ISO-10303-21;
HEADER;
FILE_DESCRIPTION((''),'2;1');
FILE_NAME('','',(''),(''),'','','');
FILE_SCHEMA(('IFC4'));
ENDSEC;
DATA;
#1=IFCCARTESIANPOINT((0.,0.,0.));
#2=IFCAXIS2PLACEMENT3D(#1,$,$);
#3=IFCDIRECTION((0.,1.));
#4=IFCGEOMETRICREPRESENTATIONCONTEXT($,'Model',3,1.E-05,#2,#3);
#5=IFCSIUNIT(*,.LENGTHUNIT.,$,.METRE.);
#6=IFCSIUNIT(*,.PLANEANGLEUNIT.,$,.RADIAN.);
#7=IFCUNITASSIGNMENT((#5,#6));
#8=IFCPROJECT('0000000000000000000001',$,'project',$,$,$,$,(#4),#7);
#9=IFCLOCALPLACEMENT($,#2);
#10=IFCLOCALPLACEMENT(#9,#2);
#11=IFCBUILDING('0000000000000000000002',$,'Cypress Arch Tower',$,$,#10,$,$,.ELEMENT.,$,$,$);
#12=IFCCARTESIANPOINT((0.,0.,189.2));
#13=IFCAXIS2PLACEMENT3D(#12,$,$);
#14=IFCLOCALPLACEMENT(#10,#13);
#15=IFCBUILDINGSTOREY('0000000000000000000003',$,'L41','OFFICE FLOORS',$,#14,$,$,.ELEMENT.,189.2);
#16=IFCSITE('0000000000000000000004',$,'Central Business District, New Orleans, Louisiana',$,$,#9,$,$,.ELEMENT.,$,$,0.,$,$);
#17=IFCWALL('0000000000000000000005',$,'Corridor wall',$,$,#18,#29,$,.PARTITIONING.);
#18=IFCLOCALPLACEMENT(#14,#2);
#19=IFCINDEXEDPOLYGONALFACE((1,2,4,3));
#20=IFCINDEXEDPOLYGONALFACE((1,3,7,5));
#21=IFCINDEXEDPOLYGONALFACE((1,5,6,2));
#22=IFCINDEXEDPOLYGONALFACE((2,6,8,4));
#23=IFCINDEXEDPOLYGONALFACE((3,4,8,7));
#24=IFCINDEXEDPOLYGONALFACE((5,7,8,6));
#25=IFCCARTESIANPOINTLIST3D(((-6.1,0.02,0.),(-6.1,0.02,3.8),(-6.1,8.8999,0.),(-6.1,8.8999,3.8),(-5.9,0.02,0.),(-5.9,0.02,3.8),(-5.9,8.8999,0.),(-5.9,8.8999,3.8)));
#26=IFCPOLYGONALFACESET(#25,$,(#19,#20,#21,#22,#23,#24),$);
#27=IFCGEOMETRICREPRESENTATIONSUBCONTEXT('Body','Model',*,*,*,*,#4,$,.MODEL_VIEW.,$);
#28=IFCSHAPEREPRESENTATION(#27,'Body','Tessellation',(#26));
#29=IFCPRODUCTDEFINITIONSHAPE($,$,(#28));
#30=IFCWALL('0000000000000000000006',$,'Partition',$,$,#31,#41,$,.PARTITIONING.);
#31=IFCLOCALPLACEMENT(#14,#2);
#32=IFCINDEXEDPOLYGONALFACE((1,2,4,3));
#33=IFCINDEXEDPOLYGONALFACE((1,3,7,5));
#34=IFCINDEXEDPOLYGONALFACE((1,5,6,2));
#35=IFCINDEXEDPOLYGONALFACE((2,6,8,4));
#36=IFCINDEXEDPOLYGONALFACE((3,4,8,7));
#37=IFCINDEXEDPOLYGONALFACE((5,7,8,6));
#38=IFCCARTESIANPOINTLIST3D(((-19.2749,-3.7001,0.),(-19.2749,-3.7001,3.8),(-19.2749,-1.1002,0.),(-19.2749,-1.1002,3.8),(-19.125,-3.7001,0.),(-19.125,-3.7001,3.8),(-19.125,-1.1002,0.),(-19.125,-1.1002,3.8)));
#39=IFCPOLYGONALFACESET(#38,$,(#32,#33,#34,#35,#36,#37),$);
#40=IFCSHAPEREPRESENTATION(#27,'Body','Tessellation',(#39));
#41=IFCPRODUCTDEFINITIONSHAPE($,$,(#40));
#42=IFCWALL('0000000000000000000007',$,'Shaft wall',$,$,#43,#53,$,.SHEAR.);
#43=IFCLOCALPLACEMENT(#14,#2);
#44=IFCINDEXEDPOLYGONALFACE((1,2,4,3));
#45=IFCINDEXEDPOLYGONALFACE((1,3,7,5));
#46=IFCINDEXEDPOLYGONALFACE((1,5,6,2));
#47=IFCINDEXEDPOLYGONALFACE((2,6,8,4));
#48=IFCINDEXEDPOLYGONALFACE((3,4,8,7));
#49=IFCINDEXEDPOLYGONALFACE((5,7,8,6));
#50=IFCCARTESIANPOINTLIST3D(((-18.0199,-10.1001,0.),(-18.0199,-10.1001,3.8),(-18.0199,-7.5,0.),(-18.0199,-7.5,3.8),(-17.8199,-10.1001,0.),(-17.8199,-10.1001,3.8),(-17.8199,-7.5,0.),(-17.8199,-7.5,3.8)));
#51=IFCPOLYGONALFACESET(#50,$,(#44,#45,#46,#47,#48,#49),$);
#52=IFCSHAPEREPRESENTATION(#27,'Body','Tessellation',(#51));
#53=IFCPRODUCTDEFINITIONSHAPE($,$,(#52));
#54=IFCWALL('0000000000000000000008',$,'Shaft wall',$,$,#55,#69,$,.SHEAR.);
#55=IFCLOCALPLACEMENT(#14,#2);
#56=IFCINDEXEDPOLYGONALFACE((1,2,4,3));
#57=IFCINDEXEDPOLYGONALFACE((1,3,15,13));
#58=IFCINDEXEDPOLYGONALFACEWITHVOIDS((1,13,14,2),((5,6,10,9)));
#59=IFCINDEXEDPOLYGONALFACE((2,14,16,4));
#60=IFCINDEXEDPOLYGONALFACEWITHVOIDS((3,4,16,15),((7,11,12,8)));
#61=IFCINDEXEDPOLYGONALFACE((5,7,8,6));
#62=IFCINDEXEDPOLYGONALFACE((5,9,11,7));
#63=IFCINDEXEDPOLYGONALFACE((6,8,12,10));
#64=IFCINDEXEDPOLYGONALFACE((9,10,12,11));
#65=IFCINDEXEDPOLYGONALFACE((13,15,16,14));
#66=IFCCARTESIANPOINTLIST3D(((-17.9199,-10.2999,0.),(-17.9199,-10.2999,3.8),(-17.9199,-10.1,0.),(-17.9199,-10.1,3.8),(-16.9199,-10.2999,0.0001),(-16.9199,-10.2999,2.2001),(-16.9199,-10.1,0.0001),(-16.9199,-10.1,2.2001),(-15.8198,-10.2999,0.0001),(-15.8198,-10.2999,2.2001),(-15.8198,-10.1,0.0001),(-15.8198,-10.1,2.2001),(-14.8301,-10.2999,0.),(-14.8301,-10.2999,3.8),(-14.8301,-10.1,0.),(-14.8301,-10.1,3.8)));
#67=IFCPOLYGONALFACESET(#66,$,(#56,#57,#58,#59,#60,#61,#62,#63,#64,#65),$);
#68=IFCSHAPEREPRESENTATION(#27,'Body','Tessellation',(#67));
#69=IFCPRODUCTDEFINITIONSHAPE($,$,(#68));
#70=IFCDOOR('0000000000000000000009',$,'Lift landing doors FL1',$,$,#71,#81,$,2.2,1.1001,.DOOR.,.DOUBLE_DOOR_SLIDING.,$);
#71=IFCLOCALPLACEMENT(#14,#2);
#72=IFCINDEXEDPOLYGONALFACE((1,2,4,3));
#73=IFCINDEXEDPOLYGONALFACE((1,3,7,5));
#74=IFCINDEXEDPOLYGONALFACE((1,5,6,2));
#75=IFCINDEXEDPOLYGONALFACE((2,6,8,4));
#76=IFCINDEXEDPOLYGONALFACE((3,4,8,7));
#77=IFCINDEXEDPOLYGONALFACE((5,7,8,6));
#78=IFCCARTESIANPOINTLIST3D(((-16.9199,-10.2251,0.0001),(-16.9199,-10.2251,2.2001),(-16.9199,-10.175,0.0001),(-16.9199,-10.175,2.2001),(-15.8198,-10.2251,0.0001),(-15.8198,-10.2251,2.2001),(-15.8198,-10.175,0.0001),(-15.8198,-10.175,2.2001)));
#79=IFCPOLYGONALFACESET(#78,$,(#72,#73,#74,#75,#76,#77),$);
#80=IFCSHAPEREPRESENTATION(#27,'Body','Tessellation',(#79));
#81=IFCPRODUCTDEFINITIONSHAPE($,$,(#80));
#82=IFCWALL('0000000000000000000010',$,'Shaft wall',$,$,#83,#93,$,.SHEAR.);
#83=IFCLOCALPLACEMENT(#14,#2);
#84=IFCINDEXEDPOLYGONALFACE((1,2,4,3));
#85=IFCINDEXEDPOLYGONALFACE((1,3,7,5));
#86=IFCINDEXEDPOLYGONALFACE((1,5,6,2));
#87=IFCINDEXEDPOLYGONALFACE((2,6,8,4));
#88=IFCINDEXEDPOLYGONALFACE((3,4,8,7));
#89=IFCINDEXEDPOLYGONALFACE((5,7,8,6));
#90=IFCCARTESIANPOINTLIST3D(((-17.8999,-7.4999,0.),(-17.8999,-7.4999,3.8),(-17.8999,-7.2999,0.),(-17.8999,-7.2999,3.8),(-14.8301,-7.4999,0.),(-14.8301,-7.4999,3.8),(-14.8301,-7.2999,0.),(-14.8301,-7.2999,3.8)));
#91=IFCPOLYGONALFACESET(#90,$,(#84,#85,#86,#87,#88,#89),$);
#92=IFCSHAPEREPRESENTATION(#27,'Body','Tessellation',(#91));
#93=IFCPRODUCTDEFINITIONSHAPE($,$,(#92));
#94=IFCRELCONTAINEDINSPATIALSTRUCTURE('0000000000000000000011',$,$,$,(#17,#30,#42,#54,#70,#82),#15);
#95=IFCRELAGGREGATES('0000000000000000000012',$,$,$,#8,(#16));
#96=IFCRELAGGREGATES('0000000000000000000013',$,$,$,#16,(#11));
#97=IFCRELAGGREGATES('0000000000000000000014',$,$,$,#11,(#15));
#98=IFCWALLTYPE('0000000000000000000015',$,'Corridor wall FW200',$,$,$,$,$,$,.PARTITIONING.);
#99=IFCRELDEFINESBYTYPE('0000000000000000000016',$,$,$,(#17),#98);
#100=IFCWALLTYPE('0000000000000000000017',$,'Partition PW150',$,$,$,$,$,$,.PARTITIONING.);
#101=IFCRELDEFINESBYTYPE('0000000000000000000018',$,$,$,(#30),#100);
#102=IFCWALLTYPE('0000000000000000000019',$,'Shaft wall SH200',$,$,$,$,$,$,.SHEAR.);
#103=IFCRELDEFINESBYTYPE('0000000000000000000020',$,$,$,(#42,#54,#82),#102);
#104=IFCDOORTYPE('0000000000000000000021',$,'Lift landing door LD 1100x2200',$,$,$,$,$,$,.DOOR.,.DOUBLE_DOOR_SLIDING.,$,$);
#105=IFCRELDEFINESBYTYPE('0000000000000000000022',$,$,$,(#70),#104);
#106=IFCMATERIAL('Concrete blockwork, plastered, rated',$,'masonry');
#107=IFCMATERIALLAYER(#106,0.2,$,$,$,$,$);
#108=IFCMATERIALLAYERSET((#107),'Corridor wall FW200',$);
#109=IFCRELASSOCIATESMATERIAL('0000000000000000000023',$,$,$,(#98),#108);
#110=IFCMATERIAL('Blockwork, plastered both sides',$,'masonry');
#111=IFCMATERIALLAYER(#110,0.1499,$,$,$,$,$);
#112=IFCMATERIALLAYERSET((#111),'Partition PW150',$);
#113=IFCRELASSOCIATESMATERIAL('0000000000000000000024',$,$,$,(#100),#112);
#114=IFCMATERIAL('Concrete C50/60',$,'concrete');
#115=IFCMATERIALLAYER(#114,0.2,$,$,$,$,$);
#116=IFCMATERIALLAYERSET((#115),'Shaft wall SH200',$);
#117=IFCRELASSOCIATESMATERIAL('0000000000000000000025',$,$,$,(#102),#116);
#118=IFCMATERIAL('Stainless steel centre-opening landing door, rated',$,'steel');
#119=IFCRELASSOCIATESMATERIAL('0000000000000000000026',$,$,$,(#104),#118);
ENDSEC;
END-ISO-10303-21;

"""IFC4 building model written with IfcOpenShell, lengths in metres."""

from ifc_helpers import new_model, si_unit, direction, frame, frame_2d, origin, place, context, subcontext, project, spatial, rectangle, extrude, material, layer, layer_set, type_object, element, fill, save


model = new_model("IFC4")

# Units and contexts
model_context = context("Model", 3, precision=1e-05, world=origin(), true_north=direction((0.0, 1.0)))
body_context = subcontext(model_context, "Body", "Model", "MODEL_VIEW")
ifc_project = project(units=[si_unit("LENGTHUNIT", "METRE"), si_unit("PLANEANGLEUNIT", "RADIAN")], contexts=[model_context])

# Site, building, storey
site_placement = place(None, origin())
site = spatial("IfcSite", under=ifc_project, at=site_placement, Name="Central Business District, New Orleans, Louisiana", CompositionType="ELEMENT", RefElevation=0.0)
building_placement = place(site_placement, origin())
building = spatial("IfcBuilding", under=site, at=building_placement, Name="Cypress Arch Tower", CompositionType="ELEMENT")
storey_placement = place(building_placement, frame((0.0, 0.0, 189.2)))
storey = spatial("IfcBuildingStorey", under=building, at=storey_placement, Name="L41", Description="OFFICE FLOORS", CompositionType="ELEMENT", Elevation=189.2)

# Shared definitions
ifc_material_1 = material(Name="Concrete blockwork, plastered, rated", Category="masonry")
ifc_layer_1 = layer(ifc_material_1, 0.2)
ifc_layer_set_1 = layer_set([ifc_layer_1], Name="Corridor wall FW200")
wall_type_1 = type_object("IfcWallType", Name="Corridor wall FW200", PredefinedType="PARTITIONING", material=ifc_layer_set_1)

# Walls
wall_1_placement = place(storey_placement, frame((-6.0, 0.02, 0.0), z_axis=(0.0, 0.0, 1.0), x_axis=(0.0, 1.0, 0.0)))
element("IfcWall", 1, at=wall_1_placement, inside=storey, type_object=wall_type_1, Name="Corridor wall", PredefinedType="PARTITIONING", context=body_context, shape_type="SweptSolid", body=[
    extrude(rectangle(XDim=8.8799, YDim=0.2, at=frame_2d((4.4399, 0.0))), origin(), (0.0, 0.0, 1.0), 3.8),
])
ifc_material_2 = material(Name="Blockwork, plastered both sides", Category="masonry")
ifc_layer_2 = layer(ifc_material_2, 0.1499)
ifc_layer_set_2 = layer_set([ifc_layer_2], Name="Partition PW150")
wall_type_2 = type_object("IfcWallType", Name="Partition PW150", PredefinedType="PARTITIONING", material=ifc_layer_set_2)
wall_2_placement = place(storey_placement, frame((-19.2, -3.7, 0.0), z_axis=(0.0, 0.0, 1.0), x_axis=(0.0, 1.0, 0.0)))
element("IfcWall", 2, at=wall_2_placement, inside=storey, type_object=wall_type_2, Name="Partition", PredefinedType="PARTITIONING", context=body_context, shape_type="SweptSolid", body=[
    extrude(rectangle(XDim=2.5999, YDim=0.1499, at=frame_2d((1.2998, 0.0))), origin(), (0.0, 0.0, 1.0), 3.8),
])
ifc_material_3 = material(Name="Concrete C50/60", Category="concrete")
ifc_layer_3 = layer(ifc_material_3, 0.2)
ifc_layer_set_3 = layer_set([ifc_layer_3], Name="Shaft wall SH200")
wall_type_3 = type_object("IfcWallType", Name="Shaft wall SH200", PredefinedType="SHEAR", material=ifc_layer_set_3)
wall_3_placement = place(storey_placement, frame((-17.9199, -10.1001, 0.0), z_axis=(0.0, 0.0, 1.0), x_axis=(0.0, 1.0, 0.0)))
element("IfcWall", 3, at=wall_3_placement, inside=storey, type_object=wall_type_3, Name="Shaft wall", PredefinedType="SHEAR", context=body_context, shape_type="SweptSolid", body=[
    extrude(rectangle(XDim=2.6001, YDim=0.2, at=frame_2d((1.3, 0.0))), origin(), (0.0, 0.0, 1.0), 3.8),
])

# Wall, opening, door
wall_4_placement = place(storey_placement, frame((-17.9199, -10.2, 0.0), z_axis=(0.0, 0.0, 1.0), x_axis=(1.0, 0.0, 0.0)))
wall_4 = element("IfcWall", 4, at=wall_4_placement, inside=storey, type_object=wall_type_3, Name="Shaft wall", PredefinedType="SHEAR", context=body_context, shape_type="SweptSolid", body=[
    extrude(rectangle(XDim=3.0898, YDim=0.2, at=frame_2d((1.5449, 0.0))), origin(), (0.0, 0.0, 1.0), 3.8),
])
opening_1_placement = place(wall_4_placement, frame((1.0, 0.0, 0.0)))
opening_1 = element("IfcOpeningElement", 5, at=opening_1_placement, cuts=wall_4, PredefinedType="OPENING", context=body_context, shape_type="SweptSolid", body=[
    extrude(rectangle(XDim=1.1001, YDim=2.2, at=frame_2d((0.55, 1.1001))), frame((0.0, 0.1099, 0.0), z_axis=(0.0, -1.0, 0.0), x_axis=(1.0, 0.0, 0.0)), (0.0, 0.0, 1.0), 0.22),
])
ifc_material_4 = material(Name="Stainless steel centre-opening landing door, rated", Category="steel")
door_type_1 = type_object("IfcDoorType", Name="Lift landing door LD 1100x2200", OperationType="DOUBLE_DOOR_SLIDING", PredefinedType="DOOR", material=ifc_material_4)
door_1_placement = place(opening_1_placement, origin())
door_1 = element("IfcDoor", 6, at=door_1_placement, inside=storey, type_object=door_type_1, Name="Lift landing doors FL1", OperationType="DOUBLE_DOOR_SLIDING", OverallHeight=2.2, OverallWidth=1.1001, PredefinedType="DOOR", context=body_context, shape_type="SweptSolid", body=[
    extrude(rectangle(XDim=1.1001, YDim=2.2, at=frame_2d((0.55, 1.1001))), frame((0.0, 0.0249, 0.0), z_axis=(0.0, -1.0, 0.0), x_axis=(1.0, 0.0, 0.0)), (0.0, 0.0, 1.0), 0.05),
])
fill(opening_1, door_1)

# Wall
wall_5_placement = place(storey_placement, frame((-17.8999, -7.3999, 0.0), z_axis=(0.0, 0.0, 1.0), x_axis=(1.0, 0.0, 0.0)))
element("IfcWall", 7, at=wall_5_placement, inside=storey, type_object=wall_type_3, Name="Shaft wall", PredefinedType="SHEAR", context=body_context, shape_type="SweptSolid", body=[
    extrude(rectangle(XDim=3.0698, YDim=0.2, at=frame_2d((1.5349, 0.0))), origin(), (0.0, 0.0, 1.0), 3.8),
])

save(model, "model.ifc")
